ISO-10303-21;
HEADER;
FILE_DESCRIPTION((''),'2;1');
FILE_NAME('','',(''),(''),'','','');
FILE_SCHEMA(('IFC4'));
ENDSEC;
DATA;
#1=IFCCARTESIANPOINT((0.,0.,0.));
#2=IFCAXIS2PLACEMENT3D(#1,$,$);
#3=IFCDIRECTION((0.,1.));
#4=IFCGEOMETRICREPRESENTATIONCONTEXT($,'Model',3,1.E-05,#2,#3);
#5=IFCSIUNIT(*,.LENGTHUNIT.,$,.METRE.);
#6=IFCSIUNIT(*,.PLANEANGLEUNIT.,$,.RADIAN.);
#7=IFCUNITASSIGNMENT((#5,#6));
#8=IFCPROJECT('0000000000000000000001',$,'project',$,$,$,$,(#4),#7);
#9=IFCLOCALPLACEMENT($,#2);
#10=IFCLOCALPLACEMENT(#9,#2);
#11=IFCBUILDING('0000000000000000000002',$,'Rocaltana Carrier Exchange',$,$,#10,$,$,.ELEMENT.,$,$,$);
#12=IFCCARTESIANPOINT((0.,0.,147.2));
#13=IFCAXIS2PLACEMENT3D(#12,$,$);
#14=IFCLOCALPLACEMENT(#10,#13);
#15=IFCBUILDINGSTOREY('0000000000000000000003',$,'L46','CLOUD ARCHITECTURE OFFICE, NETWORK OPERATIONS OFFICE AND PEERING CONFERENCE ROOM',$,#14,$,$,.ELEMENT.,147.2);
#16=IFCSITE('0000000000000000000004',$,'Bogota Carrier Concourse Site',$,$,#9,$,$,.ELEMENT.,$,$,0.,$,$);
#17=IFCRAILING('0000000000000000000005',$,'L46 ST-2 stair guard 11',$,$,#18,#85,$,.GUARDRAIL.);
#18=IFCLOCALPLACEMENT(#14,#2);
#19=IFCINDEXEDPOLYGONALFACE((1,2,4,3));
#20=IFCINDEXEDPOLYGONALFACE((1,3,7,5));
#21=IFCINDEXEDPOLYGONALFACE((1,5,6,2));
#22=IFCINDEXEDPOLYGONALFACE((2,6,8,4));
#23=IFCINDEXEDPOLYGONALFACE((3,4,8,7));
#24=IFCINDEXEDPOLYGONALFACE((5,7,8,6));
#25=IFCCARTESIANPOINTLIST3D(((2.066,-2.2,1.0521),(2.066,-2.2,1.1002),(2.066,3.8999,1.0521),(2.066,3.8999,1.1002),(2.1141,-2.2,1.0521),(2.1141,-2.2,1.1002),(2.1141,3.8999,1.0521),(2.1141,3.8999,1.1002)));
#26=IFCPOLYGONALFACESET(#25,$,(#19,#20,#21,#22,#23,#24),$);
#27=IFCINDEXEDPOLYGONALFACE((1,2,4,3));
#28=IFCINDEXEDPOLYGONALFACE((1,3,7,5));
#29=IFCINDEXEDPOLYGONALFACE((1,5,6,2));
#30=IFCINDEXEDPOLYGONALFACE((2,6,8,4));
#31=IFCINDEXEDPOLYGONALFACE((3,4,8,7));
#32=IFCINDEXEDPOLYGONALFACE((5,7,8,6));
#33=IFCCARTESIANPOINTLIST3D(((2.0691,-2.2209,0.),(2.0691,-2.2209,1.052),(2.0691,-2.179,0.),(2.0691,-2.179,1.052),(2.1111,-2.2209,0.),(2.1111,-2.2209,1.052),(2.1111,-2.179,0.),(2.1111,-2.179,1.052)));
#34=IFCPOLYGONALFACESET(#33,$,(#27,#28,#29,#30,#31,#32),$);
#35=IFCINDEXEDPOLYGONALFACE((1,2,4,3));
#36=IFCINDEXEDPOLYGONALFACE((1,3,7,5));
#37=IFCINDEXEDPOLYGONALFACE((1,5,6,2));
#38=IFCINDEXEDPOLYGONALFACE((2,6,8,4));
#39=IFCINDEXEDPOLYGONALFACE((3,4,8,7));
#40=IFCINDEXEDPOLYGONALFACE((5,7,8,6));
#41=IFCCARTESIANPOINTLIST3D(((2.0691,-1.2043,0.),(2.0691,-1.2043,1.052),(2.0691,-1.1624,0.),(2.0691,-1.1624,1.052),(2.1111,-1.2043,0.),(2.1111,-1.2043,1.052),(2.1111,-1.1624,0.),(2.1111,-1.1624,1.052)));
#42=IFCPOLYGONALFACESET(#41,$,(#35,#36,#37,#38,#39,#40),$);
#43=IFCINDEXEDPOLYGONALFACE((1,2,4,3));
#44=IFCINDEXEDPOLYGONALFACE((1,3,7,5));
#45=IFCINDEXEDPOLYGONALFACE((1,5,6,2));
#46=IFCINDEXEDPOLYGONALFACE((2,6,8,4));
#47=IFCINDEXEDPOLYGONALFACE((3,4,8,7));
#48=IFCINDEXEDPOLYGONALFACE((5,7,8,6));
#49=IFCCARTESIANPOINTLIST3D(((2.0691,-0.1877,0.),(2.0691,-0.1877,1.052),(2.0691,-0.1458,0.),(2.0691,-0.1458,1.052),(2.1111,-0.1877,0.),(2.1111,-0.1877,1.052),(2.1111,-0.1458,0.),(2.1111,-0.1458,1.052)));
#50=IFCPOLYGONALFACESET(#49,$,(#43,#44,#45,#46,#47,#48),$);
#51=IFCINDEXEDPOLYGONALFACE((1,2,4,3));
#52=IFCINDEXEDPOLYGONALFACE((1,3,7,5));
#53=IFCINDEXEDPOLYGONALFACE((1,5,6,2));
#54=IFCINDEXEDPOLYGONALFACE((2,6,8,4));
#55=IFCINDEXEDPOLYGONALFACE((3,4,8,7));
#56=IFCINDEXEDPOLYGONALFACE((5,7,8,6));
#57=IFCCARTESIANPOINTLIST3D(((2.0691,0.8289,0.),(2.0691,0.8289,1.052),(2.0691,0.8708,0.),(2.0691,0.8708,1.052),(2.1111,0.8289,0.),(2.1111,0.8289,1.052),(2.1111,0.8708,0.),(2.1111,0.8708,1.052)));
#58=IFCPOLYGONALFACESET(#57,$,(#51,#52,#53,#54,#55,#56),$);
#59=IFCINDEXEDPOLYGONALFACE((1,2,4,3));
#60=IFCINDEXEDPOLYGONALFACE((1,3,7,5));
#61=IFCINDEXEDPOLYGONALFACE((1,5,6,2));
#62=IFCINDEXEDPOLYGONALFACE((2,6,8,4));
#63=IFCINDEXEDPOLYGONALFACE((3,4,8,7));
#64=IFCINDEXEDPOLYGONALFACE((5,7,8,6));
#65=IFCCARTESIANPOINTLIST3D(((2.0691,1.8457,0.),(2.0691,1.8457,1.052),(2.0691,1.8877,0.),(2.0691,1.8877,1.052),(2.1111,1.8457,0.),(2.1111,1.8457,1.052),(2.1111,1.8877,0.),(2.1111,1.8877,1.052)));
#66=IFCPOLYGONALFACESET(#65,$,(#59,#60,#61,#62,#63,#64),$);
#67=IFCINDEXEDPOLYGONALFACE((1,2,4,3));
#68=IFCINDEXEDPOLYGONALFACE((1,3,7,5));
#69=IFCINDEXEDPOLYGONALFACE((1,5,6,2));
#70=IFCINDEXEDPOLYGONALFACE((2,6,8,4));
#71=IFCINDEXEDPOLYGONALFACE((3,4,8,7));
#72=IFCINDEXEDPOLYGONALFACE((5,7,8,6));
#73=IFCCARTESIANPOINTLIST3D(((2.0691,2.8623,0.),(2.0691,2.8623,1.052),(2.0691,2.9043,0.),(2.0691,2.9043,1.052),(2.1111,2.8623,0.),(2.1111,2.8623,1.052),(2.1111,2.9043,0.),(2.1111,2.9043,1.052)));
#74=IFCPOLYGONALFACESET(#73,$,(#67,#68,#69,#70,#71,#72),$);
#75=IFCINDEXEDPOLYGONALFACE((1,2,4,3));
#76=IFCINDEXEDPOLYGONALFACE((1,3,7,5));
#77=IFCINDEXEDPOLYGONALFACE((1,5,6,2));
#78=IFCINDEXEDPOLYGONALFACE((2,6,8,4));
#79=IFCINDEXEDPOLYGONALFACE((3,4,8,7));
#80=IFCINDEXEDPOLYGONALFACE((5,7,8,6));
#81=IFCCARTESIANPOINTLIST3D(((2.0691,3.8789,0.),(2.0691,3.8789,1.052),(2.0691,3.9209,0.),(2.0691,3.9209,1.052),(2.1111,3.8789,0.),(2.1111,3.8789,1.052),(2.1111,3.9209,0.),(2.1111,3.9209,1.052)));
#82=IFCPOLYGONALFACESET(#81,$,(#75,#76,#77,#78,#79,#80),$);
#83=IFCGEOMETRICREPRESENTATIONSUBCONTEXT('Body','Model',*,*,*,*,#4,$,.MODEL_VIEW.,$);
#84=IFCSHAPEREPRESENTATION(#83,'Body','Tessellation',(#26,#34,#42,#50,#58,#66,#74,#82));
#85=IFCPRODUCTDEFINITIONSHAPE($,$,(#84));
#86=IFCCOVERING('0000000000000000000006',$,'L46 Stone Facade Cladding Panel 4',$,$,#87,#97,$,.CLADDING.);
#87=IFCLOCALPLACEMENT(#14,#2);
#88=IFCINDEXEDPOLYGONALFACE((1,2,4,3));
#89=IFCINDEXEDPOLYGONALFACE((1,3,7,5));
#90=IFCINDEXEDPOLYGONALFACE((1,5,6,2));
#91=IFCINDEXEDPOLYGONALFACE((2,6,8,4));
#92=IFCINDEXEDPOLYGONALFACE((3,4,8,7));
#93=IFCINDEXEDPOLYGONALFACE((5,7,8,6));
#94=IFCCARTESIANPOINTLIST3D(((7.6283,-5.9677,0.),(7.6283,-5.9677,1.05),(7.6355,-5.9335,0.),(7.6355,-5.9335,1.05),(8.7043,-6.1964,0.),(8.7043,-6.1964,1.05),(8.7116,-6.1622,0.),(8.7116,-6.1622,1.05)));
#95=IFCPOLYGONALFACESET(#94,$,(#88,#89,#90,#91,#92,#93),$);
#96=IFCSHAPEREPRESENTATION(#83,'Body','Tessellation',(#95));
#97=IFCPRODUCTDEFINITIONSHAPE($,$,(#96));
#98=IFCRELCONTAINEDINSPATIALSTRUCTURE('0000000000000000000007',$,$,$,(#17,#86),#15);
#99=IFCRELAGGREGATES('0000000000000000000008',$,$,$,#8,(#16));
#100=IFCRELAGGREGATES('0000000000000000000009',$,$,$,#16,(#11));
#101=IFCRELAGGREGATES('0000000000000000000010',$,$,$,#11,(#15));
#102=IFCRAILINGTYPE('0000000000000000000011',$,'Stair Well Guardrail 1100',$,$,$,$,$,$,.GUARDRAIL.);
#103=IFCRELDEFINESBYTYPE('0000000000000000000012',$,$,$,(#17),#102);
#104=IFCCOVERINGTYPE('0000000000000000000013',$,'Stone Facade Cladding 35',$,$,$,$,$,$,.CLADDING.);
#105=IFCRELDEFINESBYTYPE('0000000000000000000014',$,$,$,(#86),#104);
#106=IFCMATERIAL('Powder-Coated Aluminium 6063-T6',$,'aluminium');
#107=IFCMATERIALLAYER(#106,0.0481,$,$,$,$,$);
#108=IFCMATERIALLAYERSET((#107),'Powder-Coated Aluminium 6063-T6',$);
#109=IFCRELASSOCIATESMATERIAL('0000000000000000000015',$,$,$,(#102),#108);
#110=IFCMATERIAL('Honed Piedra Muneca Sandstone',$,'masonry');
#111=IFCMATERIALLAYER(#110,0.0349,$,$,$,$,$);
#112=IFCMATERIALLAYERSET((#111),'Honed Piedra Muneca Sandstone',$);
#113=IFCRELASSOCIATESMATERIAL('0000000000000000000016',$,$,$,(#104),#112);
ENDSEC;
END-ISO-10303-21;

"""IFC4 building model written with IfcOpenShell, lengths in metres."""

from ifc_helpers import new_model, si_unit, direction, frame, origin, origin_2d, place, context, subcontext, project, spatial, rectangle, extrude, material, layer, layer_set, type_object, element, save


model = new_model("IFC4")

# Units and contexts
model_context = context("Model", 3, precision=1e-05, world=origin(), true_north=direction((0.0, 1.0)))
body_context = subcontext(model_context, "Body", "Model", "MODEL_VIEW")
ifc_project = project(units=[si_unit("LENGTHUNIT", "METRE"), si_unit("PLANEANGLEUNIT", "RADIAN")], contexts=[model_context])

# Site, building, storey
site_placement = place(None, origin())
site = spatial("IfcSite", under=ifc_project, at=site_placement, Name="Bogota Carrier Concourse Site", CompositionType="ELEMENT", RefElevation=0.0)
building_placement = place(site_placement, origin())
building = spatial("IfcBuilding", under=site, at=building_placement, Name="Rocaltana Carrier Exchange", CompositionType="ELEMENT")
storey_placement = place(building_placement, frame((0.0, 0.0, 147.2)))
storey = spatial("IfcBuildingStorey", under=building, at=storey_placement, Name="L46", Description="CLOUD ARCHITECTURE OFFICE, NETWORK OPERATIONS OFFICE AND PEERING CONFERENCE ROOM", CompositionType="ELEMENT", Elevation=147.2)

# Railing
ifc_material_1 = material(Name="Powder-Coated Aluminium 6063-T6", Category="aluminium")
ifc_layer_1 = layer(ifc_material_1, 0.0481)
ifc_layer_set_1 = layer_set([ifc_layer_1], Name="Powder-Coated Aluminium 6063-T6")
railing_type_1 = type_object("IfcRailingType", Name="Stair Well Guardrail 1100", PredefinedType="GUARDRAIL", material=ifc_layer_set_1)
for number, where, name in (
    (1, (2.0901, -2.2, 0.0), "L46 ST-2 stair guard 11"),
):
    element("IfcRailing", number, at=place(storey_placement, frame(where)), inside=storey, type_object=railing_type_1, Name=name, PredefinedType="GUARDRAIL", context=body_context, shape_type="SweptSolid", body=[
        extrude(rectangle(XDim=0.0481, YDim=0.0481, at=origin_2d()), frame((0.0, 0.0, 1.0762), z_axis=(0.0, 1.0, 0.0), x_axis=(-1.0, 0.0, 0.0)), (0.0, 0.0, 1.0), 6.0999),
        extrude(rectangle(XDim=0.042, YDim=0.042, at=origin_2d()), origin(), (0.0, 0.0, 1.0), 1.052),
        extrude(rectangle(XDim=0.042, YDim=0.042, at=origin_2d()), frame((0.0, 1.0166, 0.0)), (0.0, 0.0, 1.0), 1.052),
        extrude(rectangle(XDim=0.042, YDim=0.042, at=origin_2d()), frame((0.0, 2.0332, 0.0)), (0.0, 0.0, 1.0), 1.052),
        extrude(rectangle(XDim=0.042, YDim=0.042, at=origin_2d()), frame((0.0, 3.0498, 0.0)), (0.0, 0.0, 1.0), 1.052),
        extrude(rectangle(XDim=0.042, YDim=0.042, at=origin_2d()), frame((0.0, 4.0667, 0.0)), (0.0, 0.0, 1.0), 1.052),
        extrude(rectangle(XDim=0.042, YDim=0.042, at=origin_2d()), frame((0.0, 5.0833, 0.0)), (0.0, 0.0, 1.0), 1.052),
        extrude(rectangle(XDim=0.042, YDim=0.042, at=origin_2d()), frame((0.0, 6.0999, 0.0)), (0.0, 0.0, 1.0), 1.052),
    ])

# Covering
ifc_material_2 = material(Name="Honed Piedra Muneca Sandstone", Category="masonry")
ifc_layer_2 = layer(ifc_material_2, 0.0349)
ifc_layer_set_2 = layer_set([ifc_layer_2], Name="Honed Piedra Muneca Sandstone")
covering_type = type_object("IfcCoveringType", Name="Stone Facade Cladding 35", PredefinedType="CLADDING", material=ifc_layer_set_2)
covering_placement = place(storey_placement, frame((8.1699, -6.0649, 0.0), z_axis=(0.0, 0.0, 1.0), x_axis=(-0.978148, 0.207912, 0.0)))
element("IfcCovering", 2, at=covering_placement, inside=storey, type_object=covering_type, Name="L46 Stone Facade Cladding Panel 4", PredefinedType="CLADDING", context=body_context, shape_type="SweptSolid", body=[
    extrude(rectangle(XDim=1.1001, YDim=0.0349, at=origin_2d()), origin(), (0.0, 0.0, 1.0), 1.05),
])

save(model, "model.ifc")
